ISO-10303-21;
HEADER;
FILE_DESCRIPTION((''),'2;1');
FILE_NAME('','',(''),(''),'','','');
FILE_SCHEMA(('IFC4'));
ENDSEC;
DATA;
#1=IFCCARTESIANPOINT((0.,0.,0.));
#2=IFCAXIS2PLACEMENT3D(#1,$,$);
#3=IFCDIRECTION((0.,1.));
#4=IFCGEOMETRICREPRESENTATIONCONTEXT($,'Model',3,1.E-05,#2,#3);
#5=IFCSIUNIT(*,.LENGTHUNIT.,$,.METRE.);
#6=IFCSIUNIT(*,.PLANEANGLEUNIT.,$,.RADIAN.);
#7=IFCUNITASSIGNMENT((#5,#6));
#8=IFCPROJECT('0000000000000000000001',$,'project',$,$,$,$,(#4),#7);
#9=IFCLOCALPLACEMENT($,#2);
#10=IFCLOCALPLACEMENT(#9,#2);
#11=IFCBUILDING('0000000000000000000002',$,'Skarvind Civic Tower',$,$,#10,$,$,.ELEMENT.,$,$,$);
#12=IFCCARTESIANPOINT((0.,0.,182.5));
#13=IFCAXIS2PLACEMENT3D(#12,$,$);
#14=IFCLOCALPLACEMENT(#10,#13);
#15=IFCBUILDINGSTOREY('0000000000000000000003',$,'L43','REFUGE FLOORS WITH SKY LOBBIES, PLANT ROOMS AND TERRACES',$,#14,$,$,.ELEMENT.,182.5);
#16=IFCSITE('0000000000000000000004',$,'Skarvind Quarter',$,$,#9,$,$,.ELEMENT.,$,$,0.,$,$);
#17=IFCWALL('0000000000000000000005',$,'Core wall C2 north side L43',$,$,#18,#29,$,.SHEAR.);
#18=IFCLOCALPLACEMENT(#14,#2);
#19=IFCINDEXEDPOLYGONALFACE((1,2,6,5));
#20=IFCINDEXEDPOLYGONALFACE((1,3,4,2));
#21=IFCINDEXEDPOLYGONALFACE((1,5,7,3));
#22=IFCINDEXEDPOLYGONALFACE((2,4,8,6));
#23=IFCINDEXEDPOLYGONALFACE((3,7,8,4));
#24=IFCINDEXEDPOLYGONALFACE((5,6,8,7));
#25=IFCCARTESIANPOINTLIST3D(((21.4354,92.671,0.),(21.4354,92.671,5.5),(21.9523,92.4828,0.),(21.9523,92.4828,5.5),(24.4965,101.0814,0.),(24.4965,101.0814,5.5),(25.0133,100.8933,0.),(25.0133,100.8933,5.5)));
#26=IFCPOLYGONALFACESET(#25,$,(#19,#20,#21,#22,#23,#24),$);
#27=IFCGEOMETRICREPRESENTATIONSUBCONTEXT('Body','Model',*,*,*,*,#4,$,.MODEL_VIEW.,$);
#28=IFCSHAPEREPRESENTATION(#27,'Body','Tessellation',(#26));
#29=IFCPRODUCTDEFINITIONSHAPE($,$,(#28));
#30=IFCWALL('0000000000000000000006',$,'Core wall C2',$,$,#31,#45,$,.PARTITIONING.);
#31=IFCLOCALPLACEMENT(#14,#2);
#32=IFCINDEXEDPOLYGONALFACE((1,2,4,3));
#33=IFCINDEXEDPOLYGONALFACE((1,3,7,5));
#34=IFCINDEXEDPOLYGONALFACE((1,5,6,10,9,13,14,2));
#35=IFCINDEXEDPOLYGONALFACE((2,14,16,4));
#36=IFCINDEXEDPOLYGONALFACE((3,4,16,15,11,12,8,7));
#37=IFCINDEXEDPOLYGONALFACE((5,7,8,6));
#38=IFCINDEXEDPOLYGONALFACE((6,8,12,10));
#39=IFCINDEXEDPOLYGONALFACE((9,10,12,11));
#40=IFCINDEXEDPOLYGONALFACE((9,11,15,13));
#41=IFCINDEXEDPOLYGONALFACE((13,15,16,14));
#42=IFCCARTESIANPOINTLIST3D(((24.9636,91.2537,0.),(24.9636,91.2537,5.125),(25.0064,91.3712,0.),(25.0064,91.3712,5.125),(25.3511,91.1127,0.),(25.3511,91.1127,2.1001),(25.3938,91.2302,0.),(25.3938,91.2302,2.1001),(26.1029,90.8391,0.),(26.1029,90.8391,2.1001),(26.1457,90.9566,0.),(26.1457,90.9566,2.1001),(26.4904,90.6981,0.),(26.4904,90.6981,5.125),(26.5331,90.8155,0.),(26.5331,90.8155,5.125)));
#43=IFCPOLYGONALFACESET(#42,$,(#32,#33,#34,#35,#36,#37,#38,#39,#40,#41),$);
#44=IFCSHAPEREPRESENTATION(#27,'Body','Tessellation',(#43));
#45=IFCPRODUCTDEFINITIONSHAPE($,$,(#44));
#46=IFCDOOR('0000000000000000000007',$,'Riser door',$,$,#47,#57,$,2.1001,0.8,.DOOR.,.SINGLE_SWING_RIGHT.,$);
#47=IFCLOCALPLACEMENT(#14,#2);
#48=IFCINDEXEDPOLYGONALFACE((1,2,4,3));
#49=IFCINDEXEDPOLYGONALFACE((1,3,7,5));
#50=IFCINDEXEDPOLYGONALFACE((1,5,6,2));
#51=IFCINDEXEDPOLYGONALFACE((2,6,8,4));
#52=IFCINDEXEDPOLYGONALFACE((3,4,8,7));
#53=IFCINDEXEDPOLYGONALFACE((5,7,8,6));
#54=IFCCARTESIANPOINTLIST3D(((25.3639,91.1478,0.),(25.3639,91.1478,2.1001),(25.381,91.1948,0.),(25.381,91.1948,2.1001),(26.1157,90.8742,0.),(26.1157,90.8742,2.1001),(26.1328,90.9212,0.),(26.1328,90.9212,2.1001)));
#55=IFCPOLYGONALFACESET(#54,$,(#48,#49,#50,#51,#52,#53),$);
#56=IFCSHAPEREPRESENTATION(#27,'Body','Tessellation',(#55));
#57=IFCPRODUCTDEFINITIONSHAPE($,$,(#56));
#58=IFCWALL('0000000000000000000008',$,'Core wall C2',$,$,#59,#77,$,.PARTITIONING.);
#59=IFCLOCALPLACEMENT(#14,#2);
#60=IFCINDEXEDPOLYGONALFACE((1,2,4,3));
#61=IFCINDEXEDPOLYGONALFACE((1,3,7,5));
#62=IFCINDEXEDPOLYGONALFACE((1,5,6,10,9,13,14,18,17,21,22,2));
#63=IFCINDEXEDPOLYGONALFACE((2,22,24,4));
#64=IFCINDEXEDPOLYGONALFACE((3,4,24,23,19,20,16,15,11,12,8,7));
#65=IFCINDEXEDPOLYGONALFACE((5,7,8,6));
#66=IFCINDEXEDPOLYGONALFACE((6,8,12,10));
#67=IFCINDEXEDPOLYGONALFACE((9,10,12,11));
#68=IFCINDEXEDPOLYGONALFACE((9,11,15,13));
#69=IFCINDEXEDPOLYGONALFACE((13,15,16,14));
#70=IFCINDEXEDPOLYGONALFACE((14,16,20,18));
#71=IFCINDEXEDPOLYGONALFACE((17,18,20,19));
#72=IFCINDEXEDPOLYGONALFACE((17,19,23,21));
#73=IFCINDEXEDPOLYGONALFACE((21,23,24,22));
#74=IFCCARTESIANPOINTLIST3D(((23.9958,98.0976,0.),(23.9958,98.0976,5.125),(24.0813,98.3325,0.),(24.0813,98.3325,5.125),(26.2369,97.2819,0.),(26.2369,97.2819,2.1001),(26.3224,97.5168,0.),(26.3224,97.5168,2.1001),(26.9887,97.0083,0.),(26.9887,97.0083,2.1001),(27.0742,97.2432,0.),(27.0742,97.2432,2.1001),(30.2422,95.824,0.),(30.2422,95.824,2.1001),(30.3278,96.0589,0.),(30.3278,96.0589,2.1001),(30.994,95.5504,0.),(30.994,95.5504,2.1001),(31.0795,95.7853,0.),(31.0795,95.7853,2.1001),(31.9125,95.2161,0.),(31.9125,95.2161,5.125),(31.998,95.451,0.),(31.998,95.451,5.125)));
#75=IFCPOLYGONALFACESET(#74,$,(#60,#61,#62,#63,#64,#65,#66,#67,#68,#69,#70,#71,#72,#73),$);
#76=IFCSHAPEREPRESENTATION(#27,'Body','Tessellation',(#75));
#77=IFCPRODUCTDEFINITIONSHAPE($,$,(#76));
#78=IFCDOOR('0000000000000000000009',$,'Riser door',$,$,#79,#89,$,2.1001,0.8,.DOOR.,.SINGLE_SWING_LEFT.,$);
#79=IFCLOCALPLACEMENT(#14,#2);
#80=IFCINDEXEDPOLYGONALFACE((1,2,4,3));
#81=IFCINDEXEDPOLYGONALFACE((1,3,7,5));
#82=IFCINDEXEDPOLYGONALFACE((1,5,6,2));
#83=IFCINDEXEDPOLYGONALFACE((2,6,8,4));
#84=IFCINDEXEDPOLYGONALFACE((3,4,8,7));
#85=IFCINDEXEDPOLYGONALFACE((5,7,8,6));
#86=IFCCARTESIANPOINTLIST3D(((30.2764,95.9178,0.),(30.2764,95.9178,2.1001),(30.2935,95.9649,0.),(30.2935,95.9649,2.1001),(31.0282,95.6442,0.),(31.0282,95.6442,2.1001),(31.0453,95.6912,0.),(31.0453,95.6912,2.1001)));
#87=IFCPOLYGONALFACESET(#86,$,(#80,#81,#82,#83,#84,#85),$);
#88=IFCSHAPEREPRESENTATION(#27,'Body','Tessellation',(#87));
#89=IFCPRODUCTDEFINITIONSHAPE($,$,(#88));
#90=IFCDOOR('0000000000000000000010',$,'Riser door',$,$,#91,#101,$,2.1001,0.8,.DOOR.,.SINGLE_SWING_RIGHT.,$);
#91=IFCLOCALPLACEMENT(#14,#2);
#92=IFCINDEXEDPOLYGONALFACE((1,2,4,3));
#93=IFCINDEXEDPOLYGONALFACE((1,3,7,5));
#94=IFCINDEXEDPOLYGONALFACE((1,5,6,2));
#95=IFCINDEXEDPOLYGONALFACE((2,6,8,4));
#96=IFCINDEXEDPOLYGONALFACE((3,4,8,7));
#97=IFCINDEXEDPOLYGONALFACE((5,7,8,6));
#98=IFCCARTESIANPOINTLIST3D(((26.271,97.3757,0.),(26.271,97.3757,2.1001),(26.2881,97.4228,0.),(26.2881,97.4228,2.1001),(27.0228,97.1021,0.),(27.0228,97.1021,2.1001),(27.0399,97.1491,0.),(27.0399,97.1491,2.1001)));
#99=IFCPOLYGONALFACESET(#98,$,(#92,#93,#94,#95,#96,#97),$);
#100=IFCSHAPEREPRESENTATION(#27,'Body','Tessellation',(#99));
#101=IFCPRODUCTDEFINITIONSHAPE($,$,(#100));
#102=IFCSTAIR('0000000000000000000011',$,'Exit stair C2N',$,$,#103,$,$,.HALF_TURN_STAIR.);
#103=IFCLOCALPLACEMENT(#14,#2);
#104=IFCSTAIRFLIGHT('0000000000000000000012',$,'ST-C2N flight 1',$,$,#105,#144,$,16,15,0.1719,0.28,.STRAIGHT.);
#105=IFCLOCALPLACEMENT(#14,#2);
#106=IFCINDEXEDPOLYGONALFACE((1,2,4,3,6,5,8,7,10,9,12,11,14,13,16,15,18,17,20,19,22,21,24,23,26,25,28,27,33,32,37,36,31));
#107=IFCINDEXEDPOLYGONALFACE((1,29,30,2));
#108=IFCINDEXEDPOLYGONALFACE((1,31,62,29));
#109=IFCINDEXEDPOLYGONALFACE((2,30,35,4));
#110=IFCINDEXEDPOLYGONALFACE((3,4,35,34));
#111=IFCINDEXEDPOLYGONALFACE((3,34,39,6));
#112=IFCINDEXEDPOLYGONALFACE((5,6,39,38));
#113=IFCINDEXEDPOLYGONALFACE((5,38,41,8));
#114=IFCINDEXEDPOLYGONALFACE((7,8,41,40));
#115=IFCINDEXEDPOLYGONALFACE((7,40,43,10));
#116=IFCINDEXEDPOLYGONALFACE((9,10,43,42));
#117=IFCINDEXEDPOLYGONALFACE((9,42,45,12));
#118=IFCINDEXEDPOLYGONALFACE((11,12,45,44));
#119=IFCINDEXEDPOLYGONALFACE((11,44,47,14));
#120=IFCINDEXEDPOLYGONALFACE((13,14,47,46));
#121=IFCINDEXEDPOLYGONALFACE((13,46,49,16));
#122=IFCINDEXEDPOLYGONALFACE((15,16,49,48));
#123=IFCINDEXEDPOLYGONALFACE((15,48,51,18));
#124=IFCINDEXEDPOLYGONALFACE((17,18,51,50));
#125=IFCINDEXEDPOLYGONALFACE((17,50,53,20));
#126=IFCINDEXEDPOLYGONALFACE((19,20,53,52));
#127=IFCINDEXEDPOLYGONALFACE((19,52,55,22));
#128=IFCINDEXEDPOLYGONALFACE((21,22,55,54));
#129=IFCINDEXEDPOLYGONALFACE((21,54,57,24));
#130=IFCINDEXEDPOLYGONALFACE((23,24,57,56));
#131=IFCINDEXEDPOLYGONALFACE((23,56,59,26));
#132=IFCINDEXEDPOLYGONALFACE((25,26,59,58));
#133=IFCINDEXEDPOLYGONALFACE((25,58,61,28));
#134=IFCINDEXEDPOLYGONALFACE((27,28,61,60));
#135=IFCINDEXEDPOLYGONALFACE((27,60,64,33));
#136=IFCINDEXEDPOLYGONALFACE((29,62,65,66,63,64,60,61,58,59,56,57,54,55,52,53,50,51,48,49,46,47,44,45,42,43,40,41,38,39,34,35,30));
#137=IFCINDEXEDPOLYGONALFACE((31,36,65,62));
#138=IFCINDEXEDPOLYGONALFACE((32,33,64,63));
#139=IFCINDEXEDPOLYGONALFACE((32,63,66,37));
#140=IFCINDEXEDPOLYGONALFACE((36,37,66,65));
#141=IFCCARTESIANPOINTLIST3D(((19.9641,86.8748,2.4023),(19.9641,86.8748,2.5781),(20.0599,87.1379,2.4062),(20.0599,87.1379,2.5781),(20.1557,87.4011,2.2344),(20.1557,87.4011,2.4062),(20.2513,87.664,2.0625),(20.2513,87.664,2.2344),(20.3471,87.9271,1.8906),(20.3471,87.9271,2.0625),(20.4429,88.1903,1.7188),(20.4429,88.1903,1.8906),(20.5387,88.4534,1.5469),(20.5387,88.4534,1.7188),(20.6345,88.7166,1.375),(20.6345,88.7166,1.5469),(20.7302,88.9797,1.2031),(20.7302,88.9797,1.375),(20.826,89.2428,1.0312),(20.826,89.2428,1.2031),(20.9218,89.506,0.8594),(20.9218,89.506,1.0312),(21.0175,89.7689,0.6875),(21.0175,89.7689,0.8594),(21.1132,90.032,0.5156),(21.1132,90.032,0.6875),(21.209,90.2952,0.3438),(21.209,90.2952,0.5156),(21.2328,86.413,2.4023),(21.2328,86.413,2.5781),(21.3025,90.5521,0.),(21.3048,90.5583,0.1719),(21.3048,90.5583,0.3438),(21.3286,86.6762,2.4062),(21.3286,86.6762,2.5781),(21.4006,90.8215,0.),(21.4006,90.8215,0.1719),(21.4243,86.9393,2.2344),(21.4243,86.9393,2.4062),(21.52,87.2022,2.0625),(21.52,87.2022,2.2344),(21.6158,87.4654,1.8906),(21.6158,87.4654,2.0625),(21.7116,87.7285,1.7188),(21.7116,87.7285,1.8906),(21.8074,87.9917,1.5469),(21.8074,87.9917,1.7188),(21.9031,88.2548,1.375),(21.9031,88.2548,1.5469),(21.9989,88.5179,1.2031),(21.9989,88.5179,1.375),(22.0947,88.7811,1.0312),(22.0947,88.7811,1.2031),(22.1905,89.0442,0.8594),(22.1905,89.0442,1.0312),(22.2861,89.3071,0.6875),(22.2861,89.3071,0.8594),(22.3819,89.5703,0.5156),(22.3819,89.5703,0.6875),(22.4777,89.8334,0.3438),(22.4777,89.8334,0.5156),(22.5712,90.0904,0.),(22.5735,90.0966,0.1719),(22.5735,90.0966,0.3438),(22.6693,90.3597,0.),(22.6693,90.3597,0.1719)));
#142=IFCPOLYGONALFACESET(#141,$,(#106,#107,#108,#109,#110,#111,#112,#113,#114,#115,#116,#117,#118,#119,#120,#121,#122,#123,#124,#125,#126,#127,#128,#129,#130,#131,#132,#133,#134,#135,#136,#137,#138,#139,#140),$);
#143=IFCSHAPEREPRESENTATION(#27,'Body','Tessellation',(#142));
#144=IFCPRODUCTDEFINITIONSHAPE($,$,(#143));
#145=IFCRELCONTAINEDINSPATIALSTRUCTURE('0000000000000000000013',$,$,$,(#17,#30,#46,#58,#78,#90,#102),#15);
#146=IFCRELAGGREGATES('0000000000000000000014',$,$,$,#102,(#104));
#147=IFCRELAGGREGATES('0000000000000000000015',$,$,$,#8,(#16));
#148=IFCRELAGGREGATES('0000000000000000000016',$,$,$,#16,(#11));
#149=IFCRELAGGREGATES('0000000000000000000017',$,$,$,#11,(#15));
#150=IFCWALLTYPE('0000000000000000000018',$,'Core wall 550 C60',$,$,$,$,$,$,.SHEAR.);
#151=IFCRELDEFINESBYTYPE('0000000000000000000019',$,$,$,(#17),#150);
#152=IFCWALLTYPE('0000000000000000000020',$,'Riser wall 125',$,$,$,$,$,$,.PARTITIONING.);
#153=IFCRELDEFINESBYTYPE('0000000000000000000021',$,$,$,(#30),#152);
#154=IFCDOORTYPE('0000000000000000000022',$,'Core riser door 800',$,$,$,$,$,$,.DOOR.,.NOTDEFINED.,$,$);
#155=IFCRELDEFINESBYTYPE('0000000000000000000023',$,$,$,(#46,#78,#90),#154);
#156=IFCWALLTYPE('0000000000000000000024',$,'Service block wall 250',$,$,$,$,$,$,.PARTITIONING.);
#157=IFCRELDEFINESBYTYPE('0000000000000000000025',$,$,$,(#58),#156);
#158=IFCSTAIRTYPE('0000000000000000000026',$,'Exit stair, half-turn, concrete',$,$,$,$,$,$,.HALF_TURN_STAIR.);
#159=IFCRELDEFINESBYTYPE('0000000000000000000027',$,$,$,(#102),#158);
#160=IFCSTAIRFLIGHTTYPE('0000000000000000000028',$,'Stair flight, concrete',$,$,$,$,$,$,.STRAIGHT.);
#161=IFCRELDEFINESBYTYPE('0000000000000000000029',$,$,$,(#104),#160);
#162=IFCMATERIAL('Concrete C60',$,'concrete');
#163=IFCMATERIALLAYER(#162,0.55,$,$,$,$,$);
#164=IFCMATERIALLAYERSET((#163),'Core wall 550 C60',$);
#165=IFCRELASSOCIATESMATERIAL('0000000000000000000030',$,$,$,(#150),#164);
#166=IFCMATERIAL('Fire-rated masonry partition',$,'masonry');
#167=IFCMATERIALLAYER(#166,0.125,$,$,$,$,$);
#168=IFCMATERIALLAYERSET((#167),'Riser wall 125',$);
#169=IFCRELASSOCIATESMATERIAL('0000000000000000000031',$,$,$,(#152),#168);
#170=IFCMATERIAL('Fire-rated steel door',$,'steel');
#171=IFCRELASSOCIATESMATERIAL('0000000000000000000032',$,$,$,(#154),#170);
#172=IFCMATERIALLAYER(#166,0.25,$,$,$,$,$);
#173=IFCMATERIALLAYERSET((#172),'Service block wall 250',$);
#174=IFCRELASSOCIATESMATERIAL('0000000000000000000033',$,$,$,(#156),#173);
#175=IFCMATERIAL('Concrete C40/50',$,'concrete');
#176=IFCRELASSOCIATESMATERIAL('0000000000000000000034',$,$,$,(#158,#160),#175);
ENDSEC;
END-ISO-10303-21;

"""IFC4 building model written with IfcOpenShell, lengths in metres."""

from ifc_helpers import new_model, si_unit, direction, frame, frame_2d, origin, place, context, subcontext, project, spatial, polyline, rectangle, outline, extrude, material, layer, layer_set, type_object, element, fill, aggregate, save


model = new_model("IFC4")

# Units and contexts
model_context = context("Model", 3, precision=1e-05, world=origin(), true_north=direction((0.0, 1.0)))
body_context = subcontext(model_context, "Body", "Model", "MODEL_VIEW")
ifc_project = project(units=[si_unit("LENGTHUNIT", "METRE"), si_unit("PLANEANGLEUNIT", "RADIAN")], contexts=[model_context])

# Site, building, storey
site_placement = place(None, origin())
site = spatial("IfcSite", under=ifc_project, at=site_placement, Name="Skarvind Quarter", CompositionType="ELEMENT", RefElevation=0.0)
building_placement = place(site_placement, origin())
building = spatial("IfcBuilding", under=site, at=building_placement, Name="Skarvind Civic Tower", CompositionType="ELEMENT")
storey_placement = place(building_placement, frame((0.0, 0.0, 182.5)))
storey = spatial("IfcBuildingStorey", under=building, at=storey_placement, Name="L43", Description="REFUGE FLOORS WITH SKY LOBBIES, PLANT ROOMS AND TERRACES", CompositionType="ELEMENT", Elevation=182.5)

# Shared definitions
ifc_material_1 = material(Name="Fire-rated masonry partition", Category="masonry")
ifc_material_2 = material(Name="Fire-rated steel door", Category="steel")

# Shared definitions
ifc_material_3 = material(Name="Concrete C60", Category="concrete")

# Wall
ifc_layer_1 = layer(ifc_material_3, 0.55)
ifc_layer_set_1 = layer_set([ifc_layer_1], Name="Core wall 550 C60")
wall_type_1 = type_object("IfcWallType", Name="Core wall 550 C60", PredefinedType="SHEAR", material=ifc_layer_set_1)
wall_1_placement = place(storey_placement, frame((21.6938, 92.5769, 0.0), z_axis=(0.0, 0.0, 1.0), x_axis=(0.34201, 0.939696, 0.0)))
element("IfcWall", 1, at=wall_1_placement, inside=storey, type_object=wall_type_1, Name="Core wall C2 north side L43", PredefinedType="SHEAR", context=body_context, shape_type="SweptSolid", body=[
    extrude(rectangle(XDim=8.9502, YDim=0.55, at=frame_2d((4.4751, 0.0))), origin(), (0.0, 0.0, 1.0), 5.5),
])

# Wall, opening, door
ifc_layer_2 = layer(ifc_material_1, 0.125)
ifc_layer_set_2 = layer_set([ifc_layer_2], Name="Riser wall 125")
wall_type_2 = type_object("IfcWallType", Name="Riser wall 125", PredefinedType="PARTITIONING", material=ifc_layer_set_2)
wall_2_placement = place(storey_placement, frame((24.9849, 91.3125, 0.0), z_axis=(0.0, 0.0, 1.0), x_axis=(0.939706, -0.341984, 0.0)))
wall_2 = element("IfcWall", 2, at=wall_2_placement, inside=storey, type_object=wall_type_2, Name="Core wall C2", PredefinedType="PARTITIONING", context=body_context, shape_type="SweptSolid", body=[
    extrude(rectangle(XDim=1.6248, YDim=0.125, at=frame_2d((0.8125, 0.0))), origin(), (0.0, 0.0, 1.0), 5.125),
])
opening_1_placement = place(wall_2_placement, frame((0.4126, 0.0, 0.0)))
opening_1 = element("IfcOpeningElement", 3, at=opening_1_placement, cuts=wall_2, PredefinedType="OPENING", context=body_context, shape_type="SweptSolid", body=[
    extrude(rectangle(XDim=0.8, YDim=2.1001, at=frame_2d((0.3999, 1.05))), frame((0.0, 0.0725, 0.0), z_axis=(0.0, -1.0, 0.0), x_axis=(1.0, 0.0, 0.0)), (0.0, 0.0, 1.0), 0.145),
])
door_type_1 = type_object("IfcDoorType", Name="Core riser door 800", OperationType="NOTDEFINED", PredefinedType="DOOR", material=ifc_material_2)
door_1_placement = place(opening_1_placement, origin())
door_1 = element("IfcDoor", 4, at=door_1_placement, inside=storey, type_object=door_type_1, Name="Riser door", OperationType="SINGLE_SWING_RIGHT", OverallHeight=2.1001, OverallWidth=0.8, PredefinedType="DOOR", context=body_context, shape_type="SweptSolid", body=[
    extrude(rectangle(XDim=0.8, YDim=2.1001, at=frame_2d((0.3999, 1.05))), frame((0.0, 0.0249, 0.0), z_axis=(0.0, -1.0, 0.0), x_axis=(1.0, 0.0, 0.0)), (0.0, 0.0, 1.0), 0.05),
])
fill(opening_1, door_1)

# Wall, openings, doors
ifc_layer_3 = layer(ifc_material_1, 0.25)
ifc_layer_set_3 = layer_set([ifc_layer_3], Name="Service block wall 250")
wall_type_3 = type_object("IfcWallType", Name="Service block wall 250", PredefinedType="PARTITIONING", material=ifc_layer_set_3)
wall_3_placement = place(storey_placement, frame((24.0386, 98.2151, 0.0), z_axis=(0.0, 0.0, 1.0), x_axis=(0.939688, -0.342034, 0.0)))
wall_3 = element("IfcWall", 5, at=wall_3_placement, inside=storey, type_object=wall_type_3, Name="Core wall C2", PredefinedType="PARTITIONING", context=body_context, shape_type="SweptSolid", body=[
    extrude(rectangle(XDim=8.4248, YDim=0.25, at=frame_2d((4.2124, 0.0))), origin(), (0.0, 0.0, 1.0), 5.125),
])
opening_2_placement = place(wall_3_placement, frame((6.6475, 0.0, 0.0)))
opening_2 = element("IfcOpeningElement", 6, at=opening_2_placement, cuts=wall_3, PredefinedType="OPENING", context=body_context, shape_type="SweptSolid", body=[
    extrude(rectangle(XDim=0.8, YDim=2.1001, at=frame_2d((0.3999, 1.05))), frame((0.0, 0.135, 0.0), z_axis=(0.0, -1.0, 0.0), x_axis=(1.0, 0.0, 0.0)), (0.0, 0.0, 1.0), 0.27),
])
opening_3_placement = place(wall_3_placement, frame((2.385, 0.0, 0.0)))
opening_3 = element("IfcOpeningElement", 7, at=opening_3_placement, cuts=wall_3, PredefinedType="OPENING", context=body_context, shape_type="SweptSolid", body=[
    extrude(rectangle(XDim=0.8, YDim=2.1001, at=frame_2d((0.3999, 1.05))), frame((0.0, 0.135, 0.0), z_axis=(0.0, -1.0, 0.0), x_axis=(1.0, 0.0, 0.0)), (0.0, 0.0, 1.0), 0.27),
])
door_2_placement = place(opening_2_placement, origin())
door_2 = element("IfcDoor", 8, at=door_2_placement, inside=storey, type_object=door_type_1, Name="Riser door", OperationType="SINGLE_SWING_LEFT", OverallHeight=2.1001, OverallWidth=0.8, PredefinedType="DOOR", context=body_context, shape_type="SweptSolid", body=[
    extrude(rectangle(XDim=0.8, YDim=2.1001, at=frame_2d((0.3999, 1.05))), frame((0.0, 0.0249, 0.0), z_axis=(0.0, -1.0, 0.0), x_axis=(1.0, 0.0, 0.0)), (0.0, 0.0, 1.0), 0.05),
])
fill(opening_2, door_2)
door_3_placement = place(opening_3_placement, origin())
door_3 = element("IfcDoor", 9, at=door_3_placement, inside=storey, type_object=door_type_1, Name="Riser door", OperationType="SINGLE_SWING_RIGHT", OverallHeight=2.1001, OverallWidth=0.8, PredefinedType="DOOR", context=body_context, shape_type="SweptSolid", body=[
    extrude(rectangle(XDim=0.8, YDim=2.1001, at=frame_2d((0.3999, 1.05))), frame((0.0, 0.0249, 0.0), z_axis=(0.0, -1.0, 0.0), x_axis=(1.0, 0.0, 0.0)), (0.0, 0.0, 1.0), 0.05),
])
fill(opening_3, door_3)

# Stair, stair flight
ifc_material_4 = material(Name="Concrete C40/50", Category="concrete")
stair_type = type_object("IfcStairType", Name="Exit stair, half-turn, concrete", PredefinedType="HALF_TURN_STAIR", material=ifc_material_4)
stair_placement = place(storey_placement, origin())
stair = element("IfcStair", 10, at=stair_placement, inside=storey, type_object=stair_type, Name="Exit stair C2N", PredefinedType="HALF_TURN_STAIR")
stair_flight_type = type_object("IfcStairFlightType", Name="Stair flight, concrete", PredefinedType="STRAIGHT", material=ifc_material_4)
stair_flight_1_placement = place(storey_placement, frame((22.0349, 90.5906, 0.0), z_axis=(0.0, 0.0, 1.0), x_axis=(-0.34202, -0.939693, 0.0)))
stair_flight_1 = element("IfcStairFlight", 11, at=stair_flight_1_placement, type_object=stair_flight_type, Name="ST-C2N flight 1", NumberOfRisers=16, NumberOfTreads=15, PredefinedType="STRAIGHT", RiserHeight=0.1719, TreadLength=0.28, context=body_context, shape_type="SweptSolid", body=[
    extrude(outline(polyline([(0.0, 0.0), (0.0, 0.1719), (0.28, 0.1719), (0.28, 0.3438), (0.5601, 0.3438), (0.5601, 0.5156), (0.8401, 0.5156), (0.8401, 0.6875), (1.1201, 0.6875), (1.1201, 0.8594), (1.3999, 0.8594), (1.3999, 1.0312), (1.6799, 1.0312), (1.6799, 1.2031), (1.96, 1.2031), (1.96, 1.375), (2.24, 1.375), (2.24, 1.5469), (2.52, 1.5469), (2.52, 1.7188), (2.8, 1.7188), (2.8, 1.8906), (3.0801, 1.8906), (3.0801, 2.0625), (3.3601, 2.0625), (3.3601, 2.2344), (3.6399, 2.2344), (3.6399, 2.4062), (3.9199, 2.4062), (3.9199, 2.5781), (4.2, 2.5781), (4.2, 2.75), (4.2, 2.4023), (0.2866, 0.0), (0.0, 0.0)])), frame((0.0, 0.675, 0.0), z_axis=(0.0, -1.0, 0.0), x_axis=(1.0, 0.0, 0.0)), (0.0, 0.0, 1.0), 1.3501),
])
aggregate(stair, [stair_flight_1])

save(model, "model.ifc")
